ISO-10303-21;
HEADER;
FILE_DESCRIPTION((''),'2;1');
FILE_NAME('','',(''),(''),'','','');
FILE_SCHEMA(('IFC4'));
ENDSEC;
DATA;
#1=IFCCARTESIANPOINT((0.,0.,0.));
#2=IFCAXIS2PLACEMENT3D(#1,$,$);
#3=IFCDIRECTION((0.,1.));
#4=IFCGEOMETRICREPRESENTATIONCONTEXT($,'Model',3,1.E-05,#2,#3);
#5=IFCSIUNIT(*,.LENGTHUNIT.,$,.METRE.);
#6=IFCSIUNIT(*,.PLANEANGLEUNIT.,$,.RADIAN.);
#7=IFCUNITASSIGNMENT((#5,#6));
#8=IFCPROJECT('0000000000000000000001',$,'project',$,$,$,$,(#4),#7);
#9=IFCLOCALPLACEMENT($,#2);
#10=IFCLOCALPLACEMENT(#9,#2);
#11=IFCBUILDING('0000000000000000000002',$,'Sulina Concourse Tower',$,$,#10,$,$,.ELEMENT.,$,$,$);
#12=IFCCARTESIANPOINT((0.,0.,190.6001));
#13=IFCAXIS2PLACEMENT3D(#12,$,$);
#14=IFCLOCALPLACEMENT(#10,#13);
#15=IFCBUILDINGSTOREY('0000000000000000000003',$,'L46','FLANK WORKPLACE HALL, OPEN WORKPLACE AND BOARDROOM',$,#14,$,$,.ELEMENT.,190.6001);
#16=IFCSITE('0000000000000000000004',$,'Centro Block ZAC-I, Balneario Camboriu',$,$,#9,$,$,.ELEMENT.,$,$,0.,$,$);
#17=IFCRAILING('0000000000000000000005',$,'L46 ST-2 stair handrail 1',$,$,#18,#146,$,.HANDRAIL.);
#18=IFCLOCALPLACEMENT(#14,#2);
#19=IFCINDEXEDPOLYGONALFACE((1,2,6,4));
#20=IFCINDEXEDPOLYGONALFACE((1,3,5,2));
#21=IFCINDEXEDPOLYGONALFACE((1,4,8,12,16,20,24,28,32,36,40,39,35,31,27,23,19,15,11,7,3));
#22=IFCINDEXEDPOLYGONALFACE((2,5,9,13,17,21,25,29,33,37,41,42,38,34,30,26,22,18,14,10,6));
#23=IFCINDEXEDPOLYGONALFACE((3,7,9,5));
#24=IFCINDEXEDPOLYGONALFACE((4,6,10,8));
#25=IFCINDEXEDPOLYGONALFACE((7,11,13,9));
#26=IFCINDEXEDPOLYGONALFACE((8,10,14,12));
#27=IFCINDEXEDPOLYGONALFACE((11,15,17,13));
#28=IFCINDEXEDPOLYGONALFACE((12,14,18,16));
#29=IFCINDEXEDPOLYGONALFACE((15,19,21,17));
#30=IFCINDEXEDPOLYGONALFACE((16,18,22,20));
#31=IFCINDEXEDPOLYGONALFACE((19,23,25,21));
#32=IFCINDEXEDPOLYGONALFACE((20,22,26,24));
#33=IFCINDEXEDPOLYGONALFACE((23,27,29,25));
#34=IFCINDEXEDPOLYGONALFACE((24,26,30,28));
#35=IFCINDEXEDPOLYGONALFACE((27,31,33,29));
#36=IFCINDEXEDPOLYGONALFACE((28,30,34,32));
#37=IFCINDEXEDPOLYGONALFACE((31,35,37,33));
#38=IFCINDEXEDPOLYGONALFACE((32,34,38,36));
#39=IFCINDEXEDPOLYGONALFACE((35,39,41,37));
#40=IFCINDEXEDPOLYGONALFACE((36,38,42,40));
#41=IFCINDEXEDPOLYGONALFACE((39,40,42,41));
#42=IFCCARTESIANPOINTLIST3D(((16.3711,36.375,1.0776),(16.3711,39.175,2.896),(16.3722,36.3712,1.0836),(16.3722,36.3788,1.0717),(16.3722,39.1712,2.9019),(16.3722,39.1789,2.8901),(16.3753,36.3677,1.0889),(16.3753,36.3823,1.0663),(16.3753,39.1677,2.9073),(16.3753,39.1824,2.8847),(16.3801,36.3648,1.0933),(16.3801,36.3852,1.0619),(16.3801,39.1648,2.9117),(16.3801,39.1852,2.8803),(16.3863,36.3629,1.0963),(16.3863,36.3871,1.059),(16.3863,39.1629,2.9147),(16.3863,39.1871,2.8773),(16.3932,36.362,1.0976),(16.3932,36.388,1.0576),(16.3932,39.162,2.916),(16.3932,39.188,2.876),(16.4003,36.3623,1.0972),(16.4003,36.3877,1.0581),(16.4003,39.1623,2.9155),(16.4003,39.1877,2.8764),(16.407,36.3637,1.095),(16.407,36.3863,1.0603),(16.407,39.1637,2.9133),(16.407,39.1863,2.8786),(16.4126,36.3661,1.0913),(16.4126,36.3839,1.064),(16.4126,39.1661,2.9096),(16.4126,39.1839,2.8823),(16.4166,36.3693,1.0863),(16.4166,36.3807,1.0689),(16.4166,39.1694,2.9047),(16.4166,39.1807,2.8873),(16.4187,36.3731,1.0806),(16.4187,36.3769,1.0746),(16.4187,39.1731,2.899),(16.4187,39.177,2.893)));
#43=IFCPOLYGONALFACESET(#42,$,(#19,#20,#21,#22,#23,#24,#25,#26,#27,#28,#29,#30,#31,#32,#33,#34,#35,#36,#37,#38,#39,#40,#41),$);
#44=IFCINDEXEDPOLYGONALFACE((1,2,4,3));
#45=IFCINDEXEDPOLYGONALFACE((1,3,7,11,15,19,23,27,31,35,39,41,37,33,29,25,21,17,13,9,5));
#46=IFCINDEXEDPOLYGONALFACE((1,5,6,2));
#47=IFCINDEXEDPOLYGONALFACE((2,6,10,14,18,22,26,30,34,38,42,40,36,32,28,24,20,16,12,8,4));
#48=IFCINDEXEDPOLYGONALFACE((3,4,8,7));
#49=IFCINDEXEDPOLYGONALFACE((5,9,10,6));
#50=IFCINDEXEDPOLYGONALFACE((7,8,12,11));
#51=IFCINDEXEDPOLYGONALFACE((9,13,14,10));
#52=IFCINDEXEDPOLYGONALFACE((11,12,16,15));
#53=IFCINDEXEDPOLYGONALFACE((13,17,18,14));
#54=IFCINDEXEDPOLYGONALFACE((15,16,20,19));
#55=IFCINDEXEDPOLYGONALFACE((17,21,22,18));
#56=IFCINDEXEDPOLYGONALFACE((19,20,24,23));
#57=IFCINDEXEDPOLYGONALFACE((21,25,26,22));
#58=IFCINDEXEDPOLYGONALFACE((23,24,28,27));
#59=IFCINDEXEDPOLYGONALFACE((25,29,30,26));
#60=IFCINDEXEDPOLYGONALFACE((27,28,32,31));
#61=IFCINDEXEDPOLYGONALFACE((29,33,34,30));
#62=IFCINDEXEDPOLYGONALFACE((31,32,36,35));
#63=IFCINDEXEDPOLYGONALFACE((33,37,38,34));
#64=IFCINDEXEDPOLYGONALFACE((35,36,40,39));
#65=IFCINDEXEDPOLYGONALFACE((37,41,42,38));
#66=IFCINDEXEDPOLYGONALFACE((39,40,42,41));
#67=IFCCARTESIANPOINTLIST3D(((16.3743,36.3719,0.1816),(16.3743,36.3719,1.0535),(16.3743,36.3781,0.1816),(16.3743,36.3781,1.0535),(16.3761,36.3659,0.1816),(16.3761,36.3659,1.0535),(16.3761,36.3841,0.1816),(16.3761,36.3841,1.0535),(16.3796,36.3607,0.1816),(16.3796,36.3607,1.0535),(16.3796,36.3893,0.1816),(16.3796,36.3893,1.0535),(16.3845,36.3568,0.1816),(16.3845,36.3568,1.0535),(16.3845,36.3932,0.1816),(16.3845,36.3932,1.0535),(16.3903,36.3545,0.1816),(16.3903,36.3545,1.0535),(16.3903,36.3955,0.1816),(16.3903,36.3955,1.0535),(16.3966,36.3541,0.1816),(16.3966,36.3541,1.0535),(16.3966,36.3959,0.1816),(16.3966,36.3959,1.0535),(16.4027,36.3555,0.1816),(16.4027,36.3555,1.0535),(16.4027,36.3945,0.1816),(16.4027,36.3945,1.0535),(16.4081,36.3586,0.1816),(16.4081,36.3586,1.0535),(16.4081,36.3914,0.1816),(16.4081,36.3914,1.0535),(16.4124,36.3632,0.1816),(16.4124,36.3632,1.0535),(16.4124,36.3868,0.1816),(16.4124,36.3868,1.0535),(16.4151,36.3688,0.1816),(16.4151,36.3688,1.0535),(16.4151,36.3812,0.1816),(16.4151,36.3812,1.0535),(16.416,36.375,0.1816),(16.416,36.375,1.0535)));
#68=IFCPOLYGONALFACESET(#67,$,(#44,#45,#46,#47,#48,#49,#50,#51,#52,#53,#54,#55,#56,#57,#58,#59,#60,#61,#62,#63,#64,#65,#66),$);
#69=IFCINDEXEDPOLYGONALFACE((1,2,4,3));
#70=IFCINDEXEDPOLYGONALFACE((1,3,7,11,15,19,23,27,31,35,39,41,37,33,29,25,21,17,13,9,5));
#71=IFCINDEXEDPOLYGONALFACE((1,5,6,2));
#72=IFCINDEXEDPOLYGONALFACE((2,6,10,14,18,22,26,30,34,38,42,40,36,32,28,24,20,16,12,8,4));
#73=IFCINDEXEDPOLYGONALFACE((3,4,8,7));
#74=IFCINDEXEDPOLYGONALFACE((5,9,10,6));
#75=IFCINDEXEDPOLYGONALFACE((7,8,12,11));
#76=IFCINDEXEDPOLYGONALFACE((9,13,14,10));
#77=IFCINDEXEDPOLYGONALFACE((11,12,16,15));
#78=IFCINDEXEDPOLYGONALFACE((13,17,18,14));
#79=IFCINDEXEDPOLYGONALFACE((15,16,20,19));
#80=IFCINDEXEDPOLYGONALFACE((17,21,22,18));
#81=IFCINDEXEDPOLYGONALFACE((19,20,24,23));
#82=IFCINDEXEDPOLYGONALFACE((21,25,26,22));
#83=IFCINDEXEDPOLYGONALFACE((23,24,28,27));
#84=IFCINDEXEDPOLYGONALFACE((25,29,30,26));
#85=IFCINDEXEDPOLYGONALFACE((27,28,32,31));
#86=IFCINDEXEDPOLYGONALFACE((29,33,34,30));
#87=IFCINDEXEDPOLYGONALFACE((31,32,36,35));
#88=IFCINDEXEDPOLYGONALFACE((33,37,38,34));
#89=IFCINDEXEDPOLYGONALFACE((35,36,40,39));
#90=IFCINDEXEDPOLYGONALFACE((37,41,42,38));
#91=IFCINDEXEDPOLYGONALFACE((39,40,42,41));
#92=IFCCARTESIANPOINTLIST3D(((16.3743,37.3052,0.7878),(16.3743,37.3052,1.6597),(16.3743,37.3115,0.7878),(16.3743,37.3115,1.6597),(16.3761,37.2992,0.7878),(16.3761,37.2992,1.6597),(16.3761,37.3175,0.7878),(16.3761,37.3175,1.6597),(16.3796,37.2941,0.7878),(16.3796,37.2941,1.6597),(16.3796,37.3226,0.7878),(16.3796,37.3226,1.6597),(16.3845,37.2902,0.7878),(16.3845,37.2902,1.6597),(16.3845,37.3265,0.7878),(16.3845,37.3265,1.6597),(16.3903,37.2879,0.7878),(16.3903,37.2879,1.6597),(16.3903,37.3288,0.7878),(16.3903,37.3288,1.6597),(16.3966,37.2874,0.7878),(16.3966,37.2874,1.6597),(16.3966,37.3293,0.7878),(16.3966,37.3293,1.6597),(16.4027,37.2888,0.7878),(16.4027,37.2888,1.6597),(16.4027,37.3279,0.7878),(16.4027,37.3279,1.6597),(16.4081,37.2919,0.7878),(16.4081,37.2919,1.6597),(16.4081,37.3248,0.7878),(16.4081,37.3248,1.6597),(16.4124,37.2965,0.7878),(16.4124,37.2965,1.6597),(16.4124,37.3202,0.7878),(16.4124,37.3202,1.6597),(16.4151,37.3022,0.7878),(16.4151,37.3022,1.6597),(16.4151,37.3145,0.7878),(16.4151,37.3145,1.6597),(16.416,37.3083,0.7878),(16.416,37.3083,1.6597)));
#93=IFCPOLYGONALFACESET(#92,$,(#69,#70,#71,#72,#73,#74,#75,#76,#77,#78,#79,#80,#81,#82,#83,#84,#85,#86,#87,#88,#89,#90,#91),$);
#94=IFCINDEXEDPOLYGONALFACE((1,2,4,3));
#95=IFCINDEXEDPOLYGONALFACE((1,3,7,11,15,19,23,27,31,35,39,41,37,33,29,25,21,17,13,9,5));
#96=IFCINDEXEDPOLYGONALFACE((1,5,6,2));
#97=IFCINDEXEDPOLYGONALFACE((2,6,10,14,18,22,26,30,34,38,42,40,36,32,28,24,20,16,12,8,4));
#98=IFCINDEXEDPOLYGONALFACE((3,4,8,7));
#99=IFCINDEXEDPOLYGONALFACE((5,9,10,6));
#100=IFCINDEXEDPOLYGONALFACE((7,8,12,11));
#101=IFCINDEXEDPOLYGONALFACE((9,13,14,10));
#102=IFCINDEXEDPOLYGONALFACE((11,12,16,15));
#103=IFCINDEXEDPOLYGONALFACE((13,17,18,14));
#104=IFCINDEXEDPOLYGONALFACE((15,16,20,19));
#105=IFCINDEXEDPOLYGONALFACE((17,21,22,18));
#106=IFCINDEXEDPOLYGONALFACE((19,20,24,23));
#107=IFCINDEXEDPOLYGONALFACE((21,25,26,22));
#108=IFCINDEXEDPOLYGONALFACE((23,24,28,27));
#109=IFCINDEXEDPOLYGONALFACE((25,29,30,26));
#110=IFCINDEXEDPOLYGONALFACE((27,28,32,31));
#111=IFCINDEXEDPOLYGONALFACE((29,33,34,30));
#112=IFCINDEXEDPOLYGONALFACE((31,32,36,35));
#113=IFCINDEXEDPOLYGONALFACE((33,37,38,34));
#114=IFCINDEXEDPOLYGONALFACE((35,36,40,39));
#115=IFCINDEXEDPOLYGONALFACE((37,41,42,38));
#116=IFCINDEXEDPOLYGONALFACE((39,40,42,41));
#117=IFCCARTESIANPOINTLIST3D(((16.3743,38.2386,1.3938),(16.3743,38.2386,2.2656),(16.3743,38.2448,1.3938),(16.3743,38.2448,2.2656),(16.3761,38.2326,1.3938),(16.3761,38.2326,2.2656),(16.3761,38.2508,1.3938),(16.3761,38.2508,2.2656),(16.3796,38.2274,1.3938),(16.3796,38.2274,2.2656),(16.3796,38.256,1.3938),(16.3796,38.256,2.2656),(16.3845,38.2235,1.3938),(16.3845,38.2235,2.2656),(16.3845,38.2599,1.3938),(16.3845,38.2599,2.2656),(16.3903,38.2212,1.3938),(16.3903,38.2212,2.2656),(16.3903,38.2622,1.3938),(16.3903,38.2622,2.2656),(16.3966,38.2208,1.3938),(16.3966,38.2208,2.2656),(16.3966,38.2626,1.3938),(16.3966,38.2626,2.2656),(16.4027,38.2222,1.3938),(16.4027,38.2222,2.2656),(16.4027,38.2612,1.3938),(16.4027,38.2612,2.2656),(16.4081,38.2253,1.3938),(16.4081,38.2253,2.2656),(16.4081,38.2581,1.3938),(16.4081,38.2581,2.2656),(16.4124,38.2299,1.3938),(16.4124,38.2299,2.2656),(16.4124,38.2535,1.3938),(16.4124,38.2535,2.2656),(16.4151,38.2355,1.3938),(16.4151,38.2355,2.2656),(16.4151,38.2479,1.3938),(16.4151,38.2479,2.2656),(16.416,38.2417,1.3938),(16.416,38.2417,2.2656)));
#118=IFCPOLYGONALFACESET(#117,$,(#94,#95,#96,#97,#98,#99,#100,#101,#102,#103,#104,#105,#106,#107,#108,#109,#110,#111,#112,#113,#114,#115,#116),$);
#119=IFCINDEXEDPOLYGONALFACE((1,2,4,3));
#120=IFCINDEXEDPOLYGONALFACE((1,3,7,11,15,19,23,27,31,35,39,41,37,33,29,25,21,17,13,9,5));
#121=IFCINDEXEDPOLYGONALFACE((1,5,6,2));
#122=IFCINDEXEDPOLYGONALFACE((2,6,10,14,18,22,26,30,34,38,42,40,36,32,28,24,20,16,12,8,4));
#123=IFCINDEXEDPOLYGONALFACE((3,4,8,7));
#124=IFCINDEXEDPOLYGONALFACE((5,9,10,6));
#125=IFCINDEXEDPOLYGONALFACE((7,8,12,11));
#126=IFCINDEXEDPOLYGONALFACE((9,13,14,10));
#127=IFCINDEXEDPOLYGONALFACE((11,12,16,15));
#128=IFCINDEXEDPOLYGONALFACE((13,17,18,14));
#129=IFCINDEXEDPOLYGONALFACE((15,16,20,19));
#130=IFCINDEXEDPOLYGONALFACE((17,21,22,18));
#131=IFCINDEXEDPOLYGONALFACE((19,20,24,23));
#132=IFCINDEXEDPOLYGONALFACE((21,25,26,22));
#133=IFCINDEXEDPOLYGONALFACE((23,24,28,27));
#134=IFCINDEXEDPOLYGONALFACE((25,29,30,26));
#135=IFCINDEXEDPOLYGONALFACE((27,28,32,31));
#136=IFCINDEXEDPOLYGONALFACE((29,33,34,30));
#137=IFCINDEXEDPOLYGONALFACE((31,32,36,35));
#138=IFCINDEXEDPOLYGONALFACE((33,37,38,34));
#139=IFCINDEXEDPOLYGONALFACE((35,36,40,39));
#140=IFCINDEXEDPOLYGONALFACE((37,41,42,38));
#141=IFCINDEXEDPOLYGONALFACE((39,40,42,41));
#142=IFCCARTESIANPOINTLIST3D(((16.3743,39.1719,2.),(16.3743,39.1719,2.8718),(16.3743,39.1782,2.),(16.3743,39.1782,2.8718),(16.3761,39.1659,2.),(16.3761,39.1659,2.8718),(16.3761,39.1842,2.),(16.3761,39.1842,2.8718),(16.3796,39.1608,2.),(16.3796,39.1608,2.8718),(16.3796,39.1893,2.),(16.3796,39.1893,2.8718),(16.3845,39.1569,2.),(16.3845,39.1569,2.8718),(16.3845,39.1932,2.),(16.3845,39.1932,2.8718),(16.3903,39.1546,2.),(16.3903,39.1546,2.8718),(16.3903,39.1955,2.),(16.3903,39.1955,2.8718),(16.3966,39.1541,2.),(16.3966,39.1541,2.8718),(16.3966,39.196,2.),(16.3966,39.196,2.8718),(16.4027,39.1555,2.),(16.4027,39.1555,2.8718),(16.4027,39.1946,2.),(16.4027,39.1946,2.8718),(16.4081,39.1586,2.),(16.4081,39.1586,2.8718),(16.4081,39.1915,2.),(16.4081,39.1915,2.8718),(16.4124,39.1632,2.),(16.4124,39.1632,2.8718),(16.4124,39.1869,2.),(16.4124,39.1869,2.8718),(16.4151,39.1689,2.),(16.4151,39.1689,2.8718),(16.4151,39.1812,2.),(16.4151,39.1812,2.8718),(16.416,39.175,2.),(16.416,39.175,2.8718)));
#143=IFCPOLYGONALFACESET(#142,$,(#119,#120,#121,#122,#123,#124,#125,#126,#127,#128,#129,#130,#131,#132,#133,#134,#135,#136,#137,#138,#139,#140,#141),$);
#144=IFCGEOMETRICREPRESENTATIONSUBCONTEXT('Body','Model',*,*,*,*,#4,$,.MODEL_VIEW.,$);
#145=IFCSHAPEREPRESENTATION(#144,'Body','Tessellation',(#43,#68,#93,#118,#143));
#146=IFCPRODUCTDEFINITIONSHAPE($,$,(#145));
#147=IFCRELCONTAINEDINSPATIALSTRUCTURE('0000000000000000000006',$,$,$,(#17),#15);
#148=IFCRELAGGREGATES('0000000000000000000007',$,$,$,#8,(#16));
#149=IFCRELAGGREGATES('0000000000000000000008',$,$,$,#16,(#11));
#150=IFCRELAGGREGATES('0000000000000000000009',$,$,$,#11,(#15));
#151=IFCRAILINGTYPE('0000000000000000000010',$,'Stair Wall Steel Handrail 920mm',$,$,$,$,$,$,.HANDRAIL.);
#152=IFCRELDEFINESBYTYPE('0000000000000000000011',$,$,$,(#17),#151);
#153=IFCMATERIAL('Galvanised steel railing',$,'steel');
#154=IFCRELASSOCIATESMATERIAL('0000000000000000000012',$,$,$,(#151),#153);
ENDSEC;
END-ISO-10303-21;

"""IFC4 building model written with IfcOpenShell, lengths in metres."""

from ifc_helpers import new_model, si_unit, direction, frame, origin, origin_2d, place, context, subcontext, project, spatial, circle, extrude, material, type_object, element, save


model = new_model("IFC4")

# Units and contexts
model_context = context("Model", 3, precision=1e-05, world=origin(), true_north=direction((0.0, 1.0)))
body_context = subcontext(model_context, "Body", "Model", "MODEL_VIEW")
ifc_project = project(units=[si_unit("LENGTHUNIT", "METRE"), si_unit("PLANEANGLEUNIT", "RADIAN")], contexts=[model_context])

# Site, building, storey
site_placement = place(None, origin())
site = spatial("IfcSite", under=ifc_project, at=site_placement, Name="Centro Block ZAC-I, Balneario Camboriu", CompositionType="ELEMENT", RefElevation=0.0)
building_placement = place(site_placement, origin())
building = spatial("IfcBuilding", under=site, at=building_placement, Name="Sulina Concourse Tower", CompositionType="ELEMENT")
storey_placement = place(building_placement, frame((0.0, 0.0, 190.6001)))
storey = spatial("IfcBuildingStorey", under=building, at=storey_placement, Name="L46", Description="FLANK WORKPLACE HALL, OPEN WORKPLACE AND BOARDROOM", CompositionType="ELEMENT", Elevation=190.6001)

# Railing
ifc_material_1 = material(Name="Galvanised steel railing", Category="steel")
railing_type_1 = type_object("IfcRailingType", Name="Stair Wall Steel Handrail 920mm", PredefinedType="HANDRAIL", material=ifc_material_1)
railing_1_placement = place(storey_placement, frame((16.395, 36.375, 0.1816)))
element("IfcRailing", 1, at=railing_1_placement, inside=storey, type_object=railing_type_1, Name="L46 ST-2 stair handrail 1", PredefinedType="HANDRAIL", context=body_context, shape_type="SweptSolid", body=[
    extrude(circle(Radius=0.0239, at=origin_2d()), frame((0.0, 0.0, 0.896), z_axis=(0.0, 0.838672, 0.544636), x_axis=(-1.0, 0.0, 0.0)), (0.0, 0.0, 1.0), 3.3386),
    extrude(circle(Radius=0.021, at=origin_2d()), origin(), (0.0, 0.0, 1.0), 0.8718),
    extrude(circle(Radius=0.021, at=origin_2d()), frame((0.0, 0.9333, 0.6062)), (0.0, 0.0, 1.0), 0.8718),
    extrude(circle(Radius=0.021, at=origin_2d()), frame((0.0, 1.8667, 1.2122)), (0.0, 0.0, 1.0), 0.8718),
    extrude(circle(Radius=0.021, at=origin_2d()), frame((0.0, 2.8, 1.8184)), (0.0, 0.0, 1.0), 0.8718),
])

save(model, "model.ifc")
